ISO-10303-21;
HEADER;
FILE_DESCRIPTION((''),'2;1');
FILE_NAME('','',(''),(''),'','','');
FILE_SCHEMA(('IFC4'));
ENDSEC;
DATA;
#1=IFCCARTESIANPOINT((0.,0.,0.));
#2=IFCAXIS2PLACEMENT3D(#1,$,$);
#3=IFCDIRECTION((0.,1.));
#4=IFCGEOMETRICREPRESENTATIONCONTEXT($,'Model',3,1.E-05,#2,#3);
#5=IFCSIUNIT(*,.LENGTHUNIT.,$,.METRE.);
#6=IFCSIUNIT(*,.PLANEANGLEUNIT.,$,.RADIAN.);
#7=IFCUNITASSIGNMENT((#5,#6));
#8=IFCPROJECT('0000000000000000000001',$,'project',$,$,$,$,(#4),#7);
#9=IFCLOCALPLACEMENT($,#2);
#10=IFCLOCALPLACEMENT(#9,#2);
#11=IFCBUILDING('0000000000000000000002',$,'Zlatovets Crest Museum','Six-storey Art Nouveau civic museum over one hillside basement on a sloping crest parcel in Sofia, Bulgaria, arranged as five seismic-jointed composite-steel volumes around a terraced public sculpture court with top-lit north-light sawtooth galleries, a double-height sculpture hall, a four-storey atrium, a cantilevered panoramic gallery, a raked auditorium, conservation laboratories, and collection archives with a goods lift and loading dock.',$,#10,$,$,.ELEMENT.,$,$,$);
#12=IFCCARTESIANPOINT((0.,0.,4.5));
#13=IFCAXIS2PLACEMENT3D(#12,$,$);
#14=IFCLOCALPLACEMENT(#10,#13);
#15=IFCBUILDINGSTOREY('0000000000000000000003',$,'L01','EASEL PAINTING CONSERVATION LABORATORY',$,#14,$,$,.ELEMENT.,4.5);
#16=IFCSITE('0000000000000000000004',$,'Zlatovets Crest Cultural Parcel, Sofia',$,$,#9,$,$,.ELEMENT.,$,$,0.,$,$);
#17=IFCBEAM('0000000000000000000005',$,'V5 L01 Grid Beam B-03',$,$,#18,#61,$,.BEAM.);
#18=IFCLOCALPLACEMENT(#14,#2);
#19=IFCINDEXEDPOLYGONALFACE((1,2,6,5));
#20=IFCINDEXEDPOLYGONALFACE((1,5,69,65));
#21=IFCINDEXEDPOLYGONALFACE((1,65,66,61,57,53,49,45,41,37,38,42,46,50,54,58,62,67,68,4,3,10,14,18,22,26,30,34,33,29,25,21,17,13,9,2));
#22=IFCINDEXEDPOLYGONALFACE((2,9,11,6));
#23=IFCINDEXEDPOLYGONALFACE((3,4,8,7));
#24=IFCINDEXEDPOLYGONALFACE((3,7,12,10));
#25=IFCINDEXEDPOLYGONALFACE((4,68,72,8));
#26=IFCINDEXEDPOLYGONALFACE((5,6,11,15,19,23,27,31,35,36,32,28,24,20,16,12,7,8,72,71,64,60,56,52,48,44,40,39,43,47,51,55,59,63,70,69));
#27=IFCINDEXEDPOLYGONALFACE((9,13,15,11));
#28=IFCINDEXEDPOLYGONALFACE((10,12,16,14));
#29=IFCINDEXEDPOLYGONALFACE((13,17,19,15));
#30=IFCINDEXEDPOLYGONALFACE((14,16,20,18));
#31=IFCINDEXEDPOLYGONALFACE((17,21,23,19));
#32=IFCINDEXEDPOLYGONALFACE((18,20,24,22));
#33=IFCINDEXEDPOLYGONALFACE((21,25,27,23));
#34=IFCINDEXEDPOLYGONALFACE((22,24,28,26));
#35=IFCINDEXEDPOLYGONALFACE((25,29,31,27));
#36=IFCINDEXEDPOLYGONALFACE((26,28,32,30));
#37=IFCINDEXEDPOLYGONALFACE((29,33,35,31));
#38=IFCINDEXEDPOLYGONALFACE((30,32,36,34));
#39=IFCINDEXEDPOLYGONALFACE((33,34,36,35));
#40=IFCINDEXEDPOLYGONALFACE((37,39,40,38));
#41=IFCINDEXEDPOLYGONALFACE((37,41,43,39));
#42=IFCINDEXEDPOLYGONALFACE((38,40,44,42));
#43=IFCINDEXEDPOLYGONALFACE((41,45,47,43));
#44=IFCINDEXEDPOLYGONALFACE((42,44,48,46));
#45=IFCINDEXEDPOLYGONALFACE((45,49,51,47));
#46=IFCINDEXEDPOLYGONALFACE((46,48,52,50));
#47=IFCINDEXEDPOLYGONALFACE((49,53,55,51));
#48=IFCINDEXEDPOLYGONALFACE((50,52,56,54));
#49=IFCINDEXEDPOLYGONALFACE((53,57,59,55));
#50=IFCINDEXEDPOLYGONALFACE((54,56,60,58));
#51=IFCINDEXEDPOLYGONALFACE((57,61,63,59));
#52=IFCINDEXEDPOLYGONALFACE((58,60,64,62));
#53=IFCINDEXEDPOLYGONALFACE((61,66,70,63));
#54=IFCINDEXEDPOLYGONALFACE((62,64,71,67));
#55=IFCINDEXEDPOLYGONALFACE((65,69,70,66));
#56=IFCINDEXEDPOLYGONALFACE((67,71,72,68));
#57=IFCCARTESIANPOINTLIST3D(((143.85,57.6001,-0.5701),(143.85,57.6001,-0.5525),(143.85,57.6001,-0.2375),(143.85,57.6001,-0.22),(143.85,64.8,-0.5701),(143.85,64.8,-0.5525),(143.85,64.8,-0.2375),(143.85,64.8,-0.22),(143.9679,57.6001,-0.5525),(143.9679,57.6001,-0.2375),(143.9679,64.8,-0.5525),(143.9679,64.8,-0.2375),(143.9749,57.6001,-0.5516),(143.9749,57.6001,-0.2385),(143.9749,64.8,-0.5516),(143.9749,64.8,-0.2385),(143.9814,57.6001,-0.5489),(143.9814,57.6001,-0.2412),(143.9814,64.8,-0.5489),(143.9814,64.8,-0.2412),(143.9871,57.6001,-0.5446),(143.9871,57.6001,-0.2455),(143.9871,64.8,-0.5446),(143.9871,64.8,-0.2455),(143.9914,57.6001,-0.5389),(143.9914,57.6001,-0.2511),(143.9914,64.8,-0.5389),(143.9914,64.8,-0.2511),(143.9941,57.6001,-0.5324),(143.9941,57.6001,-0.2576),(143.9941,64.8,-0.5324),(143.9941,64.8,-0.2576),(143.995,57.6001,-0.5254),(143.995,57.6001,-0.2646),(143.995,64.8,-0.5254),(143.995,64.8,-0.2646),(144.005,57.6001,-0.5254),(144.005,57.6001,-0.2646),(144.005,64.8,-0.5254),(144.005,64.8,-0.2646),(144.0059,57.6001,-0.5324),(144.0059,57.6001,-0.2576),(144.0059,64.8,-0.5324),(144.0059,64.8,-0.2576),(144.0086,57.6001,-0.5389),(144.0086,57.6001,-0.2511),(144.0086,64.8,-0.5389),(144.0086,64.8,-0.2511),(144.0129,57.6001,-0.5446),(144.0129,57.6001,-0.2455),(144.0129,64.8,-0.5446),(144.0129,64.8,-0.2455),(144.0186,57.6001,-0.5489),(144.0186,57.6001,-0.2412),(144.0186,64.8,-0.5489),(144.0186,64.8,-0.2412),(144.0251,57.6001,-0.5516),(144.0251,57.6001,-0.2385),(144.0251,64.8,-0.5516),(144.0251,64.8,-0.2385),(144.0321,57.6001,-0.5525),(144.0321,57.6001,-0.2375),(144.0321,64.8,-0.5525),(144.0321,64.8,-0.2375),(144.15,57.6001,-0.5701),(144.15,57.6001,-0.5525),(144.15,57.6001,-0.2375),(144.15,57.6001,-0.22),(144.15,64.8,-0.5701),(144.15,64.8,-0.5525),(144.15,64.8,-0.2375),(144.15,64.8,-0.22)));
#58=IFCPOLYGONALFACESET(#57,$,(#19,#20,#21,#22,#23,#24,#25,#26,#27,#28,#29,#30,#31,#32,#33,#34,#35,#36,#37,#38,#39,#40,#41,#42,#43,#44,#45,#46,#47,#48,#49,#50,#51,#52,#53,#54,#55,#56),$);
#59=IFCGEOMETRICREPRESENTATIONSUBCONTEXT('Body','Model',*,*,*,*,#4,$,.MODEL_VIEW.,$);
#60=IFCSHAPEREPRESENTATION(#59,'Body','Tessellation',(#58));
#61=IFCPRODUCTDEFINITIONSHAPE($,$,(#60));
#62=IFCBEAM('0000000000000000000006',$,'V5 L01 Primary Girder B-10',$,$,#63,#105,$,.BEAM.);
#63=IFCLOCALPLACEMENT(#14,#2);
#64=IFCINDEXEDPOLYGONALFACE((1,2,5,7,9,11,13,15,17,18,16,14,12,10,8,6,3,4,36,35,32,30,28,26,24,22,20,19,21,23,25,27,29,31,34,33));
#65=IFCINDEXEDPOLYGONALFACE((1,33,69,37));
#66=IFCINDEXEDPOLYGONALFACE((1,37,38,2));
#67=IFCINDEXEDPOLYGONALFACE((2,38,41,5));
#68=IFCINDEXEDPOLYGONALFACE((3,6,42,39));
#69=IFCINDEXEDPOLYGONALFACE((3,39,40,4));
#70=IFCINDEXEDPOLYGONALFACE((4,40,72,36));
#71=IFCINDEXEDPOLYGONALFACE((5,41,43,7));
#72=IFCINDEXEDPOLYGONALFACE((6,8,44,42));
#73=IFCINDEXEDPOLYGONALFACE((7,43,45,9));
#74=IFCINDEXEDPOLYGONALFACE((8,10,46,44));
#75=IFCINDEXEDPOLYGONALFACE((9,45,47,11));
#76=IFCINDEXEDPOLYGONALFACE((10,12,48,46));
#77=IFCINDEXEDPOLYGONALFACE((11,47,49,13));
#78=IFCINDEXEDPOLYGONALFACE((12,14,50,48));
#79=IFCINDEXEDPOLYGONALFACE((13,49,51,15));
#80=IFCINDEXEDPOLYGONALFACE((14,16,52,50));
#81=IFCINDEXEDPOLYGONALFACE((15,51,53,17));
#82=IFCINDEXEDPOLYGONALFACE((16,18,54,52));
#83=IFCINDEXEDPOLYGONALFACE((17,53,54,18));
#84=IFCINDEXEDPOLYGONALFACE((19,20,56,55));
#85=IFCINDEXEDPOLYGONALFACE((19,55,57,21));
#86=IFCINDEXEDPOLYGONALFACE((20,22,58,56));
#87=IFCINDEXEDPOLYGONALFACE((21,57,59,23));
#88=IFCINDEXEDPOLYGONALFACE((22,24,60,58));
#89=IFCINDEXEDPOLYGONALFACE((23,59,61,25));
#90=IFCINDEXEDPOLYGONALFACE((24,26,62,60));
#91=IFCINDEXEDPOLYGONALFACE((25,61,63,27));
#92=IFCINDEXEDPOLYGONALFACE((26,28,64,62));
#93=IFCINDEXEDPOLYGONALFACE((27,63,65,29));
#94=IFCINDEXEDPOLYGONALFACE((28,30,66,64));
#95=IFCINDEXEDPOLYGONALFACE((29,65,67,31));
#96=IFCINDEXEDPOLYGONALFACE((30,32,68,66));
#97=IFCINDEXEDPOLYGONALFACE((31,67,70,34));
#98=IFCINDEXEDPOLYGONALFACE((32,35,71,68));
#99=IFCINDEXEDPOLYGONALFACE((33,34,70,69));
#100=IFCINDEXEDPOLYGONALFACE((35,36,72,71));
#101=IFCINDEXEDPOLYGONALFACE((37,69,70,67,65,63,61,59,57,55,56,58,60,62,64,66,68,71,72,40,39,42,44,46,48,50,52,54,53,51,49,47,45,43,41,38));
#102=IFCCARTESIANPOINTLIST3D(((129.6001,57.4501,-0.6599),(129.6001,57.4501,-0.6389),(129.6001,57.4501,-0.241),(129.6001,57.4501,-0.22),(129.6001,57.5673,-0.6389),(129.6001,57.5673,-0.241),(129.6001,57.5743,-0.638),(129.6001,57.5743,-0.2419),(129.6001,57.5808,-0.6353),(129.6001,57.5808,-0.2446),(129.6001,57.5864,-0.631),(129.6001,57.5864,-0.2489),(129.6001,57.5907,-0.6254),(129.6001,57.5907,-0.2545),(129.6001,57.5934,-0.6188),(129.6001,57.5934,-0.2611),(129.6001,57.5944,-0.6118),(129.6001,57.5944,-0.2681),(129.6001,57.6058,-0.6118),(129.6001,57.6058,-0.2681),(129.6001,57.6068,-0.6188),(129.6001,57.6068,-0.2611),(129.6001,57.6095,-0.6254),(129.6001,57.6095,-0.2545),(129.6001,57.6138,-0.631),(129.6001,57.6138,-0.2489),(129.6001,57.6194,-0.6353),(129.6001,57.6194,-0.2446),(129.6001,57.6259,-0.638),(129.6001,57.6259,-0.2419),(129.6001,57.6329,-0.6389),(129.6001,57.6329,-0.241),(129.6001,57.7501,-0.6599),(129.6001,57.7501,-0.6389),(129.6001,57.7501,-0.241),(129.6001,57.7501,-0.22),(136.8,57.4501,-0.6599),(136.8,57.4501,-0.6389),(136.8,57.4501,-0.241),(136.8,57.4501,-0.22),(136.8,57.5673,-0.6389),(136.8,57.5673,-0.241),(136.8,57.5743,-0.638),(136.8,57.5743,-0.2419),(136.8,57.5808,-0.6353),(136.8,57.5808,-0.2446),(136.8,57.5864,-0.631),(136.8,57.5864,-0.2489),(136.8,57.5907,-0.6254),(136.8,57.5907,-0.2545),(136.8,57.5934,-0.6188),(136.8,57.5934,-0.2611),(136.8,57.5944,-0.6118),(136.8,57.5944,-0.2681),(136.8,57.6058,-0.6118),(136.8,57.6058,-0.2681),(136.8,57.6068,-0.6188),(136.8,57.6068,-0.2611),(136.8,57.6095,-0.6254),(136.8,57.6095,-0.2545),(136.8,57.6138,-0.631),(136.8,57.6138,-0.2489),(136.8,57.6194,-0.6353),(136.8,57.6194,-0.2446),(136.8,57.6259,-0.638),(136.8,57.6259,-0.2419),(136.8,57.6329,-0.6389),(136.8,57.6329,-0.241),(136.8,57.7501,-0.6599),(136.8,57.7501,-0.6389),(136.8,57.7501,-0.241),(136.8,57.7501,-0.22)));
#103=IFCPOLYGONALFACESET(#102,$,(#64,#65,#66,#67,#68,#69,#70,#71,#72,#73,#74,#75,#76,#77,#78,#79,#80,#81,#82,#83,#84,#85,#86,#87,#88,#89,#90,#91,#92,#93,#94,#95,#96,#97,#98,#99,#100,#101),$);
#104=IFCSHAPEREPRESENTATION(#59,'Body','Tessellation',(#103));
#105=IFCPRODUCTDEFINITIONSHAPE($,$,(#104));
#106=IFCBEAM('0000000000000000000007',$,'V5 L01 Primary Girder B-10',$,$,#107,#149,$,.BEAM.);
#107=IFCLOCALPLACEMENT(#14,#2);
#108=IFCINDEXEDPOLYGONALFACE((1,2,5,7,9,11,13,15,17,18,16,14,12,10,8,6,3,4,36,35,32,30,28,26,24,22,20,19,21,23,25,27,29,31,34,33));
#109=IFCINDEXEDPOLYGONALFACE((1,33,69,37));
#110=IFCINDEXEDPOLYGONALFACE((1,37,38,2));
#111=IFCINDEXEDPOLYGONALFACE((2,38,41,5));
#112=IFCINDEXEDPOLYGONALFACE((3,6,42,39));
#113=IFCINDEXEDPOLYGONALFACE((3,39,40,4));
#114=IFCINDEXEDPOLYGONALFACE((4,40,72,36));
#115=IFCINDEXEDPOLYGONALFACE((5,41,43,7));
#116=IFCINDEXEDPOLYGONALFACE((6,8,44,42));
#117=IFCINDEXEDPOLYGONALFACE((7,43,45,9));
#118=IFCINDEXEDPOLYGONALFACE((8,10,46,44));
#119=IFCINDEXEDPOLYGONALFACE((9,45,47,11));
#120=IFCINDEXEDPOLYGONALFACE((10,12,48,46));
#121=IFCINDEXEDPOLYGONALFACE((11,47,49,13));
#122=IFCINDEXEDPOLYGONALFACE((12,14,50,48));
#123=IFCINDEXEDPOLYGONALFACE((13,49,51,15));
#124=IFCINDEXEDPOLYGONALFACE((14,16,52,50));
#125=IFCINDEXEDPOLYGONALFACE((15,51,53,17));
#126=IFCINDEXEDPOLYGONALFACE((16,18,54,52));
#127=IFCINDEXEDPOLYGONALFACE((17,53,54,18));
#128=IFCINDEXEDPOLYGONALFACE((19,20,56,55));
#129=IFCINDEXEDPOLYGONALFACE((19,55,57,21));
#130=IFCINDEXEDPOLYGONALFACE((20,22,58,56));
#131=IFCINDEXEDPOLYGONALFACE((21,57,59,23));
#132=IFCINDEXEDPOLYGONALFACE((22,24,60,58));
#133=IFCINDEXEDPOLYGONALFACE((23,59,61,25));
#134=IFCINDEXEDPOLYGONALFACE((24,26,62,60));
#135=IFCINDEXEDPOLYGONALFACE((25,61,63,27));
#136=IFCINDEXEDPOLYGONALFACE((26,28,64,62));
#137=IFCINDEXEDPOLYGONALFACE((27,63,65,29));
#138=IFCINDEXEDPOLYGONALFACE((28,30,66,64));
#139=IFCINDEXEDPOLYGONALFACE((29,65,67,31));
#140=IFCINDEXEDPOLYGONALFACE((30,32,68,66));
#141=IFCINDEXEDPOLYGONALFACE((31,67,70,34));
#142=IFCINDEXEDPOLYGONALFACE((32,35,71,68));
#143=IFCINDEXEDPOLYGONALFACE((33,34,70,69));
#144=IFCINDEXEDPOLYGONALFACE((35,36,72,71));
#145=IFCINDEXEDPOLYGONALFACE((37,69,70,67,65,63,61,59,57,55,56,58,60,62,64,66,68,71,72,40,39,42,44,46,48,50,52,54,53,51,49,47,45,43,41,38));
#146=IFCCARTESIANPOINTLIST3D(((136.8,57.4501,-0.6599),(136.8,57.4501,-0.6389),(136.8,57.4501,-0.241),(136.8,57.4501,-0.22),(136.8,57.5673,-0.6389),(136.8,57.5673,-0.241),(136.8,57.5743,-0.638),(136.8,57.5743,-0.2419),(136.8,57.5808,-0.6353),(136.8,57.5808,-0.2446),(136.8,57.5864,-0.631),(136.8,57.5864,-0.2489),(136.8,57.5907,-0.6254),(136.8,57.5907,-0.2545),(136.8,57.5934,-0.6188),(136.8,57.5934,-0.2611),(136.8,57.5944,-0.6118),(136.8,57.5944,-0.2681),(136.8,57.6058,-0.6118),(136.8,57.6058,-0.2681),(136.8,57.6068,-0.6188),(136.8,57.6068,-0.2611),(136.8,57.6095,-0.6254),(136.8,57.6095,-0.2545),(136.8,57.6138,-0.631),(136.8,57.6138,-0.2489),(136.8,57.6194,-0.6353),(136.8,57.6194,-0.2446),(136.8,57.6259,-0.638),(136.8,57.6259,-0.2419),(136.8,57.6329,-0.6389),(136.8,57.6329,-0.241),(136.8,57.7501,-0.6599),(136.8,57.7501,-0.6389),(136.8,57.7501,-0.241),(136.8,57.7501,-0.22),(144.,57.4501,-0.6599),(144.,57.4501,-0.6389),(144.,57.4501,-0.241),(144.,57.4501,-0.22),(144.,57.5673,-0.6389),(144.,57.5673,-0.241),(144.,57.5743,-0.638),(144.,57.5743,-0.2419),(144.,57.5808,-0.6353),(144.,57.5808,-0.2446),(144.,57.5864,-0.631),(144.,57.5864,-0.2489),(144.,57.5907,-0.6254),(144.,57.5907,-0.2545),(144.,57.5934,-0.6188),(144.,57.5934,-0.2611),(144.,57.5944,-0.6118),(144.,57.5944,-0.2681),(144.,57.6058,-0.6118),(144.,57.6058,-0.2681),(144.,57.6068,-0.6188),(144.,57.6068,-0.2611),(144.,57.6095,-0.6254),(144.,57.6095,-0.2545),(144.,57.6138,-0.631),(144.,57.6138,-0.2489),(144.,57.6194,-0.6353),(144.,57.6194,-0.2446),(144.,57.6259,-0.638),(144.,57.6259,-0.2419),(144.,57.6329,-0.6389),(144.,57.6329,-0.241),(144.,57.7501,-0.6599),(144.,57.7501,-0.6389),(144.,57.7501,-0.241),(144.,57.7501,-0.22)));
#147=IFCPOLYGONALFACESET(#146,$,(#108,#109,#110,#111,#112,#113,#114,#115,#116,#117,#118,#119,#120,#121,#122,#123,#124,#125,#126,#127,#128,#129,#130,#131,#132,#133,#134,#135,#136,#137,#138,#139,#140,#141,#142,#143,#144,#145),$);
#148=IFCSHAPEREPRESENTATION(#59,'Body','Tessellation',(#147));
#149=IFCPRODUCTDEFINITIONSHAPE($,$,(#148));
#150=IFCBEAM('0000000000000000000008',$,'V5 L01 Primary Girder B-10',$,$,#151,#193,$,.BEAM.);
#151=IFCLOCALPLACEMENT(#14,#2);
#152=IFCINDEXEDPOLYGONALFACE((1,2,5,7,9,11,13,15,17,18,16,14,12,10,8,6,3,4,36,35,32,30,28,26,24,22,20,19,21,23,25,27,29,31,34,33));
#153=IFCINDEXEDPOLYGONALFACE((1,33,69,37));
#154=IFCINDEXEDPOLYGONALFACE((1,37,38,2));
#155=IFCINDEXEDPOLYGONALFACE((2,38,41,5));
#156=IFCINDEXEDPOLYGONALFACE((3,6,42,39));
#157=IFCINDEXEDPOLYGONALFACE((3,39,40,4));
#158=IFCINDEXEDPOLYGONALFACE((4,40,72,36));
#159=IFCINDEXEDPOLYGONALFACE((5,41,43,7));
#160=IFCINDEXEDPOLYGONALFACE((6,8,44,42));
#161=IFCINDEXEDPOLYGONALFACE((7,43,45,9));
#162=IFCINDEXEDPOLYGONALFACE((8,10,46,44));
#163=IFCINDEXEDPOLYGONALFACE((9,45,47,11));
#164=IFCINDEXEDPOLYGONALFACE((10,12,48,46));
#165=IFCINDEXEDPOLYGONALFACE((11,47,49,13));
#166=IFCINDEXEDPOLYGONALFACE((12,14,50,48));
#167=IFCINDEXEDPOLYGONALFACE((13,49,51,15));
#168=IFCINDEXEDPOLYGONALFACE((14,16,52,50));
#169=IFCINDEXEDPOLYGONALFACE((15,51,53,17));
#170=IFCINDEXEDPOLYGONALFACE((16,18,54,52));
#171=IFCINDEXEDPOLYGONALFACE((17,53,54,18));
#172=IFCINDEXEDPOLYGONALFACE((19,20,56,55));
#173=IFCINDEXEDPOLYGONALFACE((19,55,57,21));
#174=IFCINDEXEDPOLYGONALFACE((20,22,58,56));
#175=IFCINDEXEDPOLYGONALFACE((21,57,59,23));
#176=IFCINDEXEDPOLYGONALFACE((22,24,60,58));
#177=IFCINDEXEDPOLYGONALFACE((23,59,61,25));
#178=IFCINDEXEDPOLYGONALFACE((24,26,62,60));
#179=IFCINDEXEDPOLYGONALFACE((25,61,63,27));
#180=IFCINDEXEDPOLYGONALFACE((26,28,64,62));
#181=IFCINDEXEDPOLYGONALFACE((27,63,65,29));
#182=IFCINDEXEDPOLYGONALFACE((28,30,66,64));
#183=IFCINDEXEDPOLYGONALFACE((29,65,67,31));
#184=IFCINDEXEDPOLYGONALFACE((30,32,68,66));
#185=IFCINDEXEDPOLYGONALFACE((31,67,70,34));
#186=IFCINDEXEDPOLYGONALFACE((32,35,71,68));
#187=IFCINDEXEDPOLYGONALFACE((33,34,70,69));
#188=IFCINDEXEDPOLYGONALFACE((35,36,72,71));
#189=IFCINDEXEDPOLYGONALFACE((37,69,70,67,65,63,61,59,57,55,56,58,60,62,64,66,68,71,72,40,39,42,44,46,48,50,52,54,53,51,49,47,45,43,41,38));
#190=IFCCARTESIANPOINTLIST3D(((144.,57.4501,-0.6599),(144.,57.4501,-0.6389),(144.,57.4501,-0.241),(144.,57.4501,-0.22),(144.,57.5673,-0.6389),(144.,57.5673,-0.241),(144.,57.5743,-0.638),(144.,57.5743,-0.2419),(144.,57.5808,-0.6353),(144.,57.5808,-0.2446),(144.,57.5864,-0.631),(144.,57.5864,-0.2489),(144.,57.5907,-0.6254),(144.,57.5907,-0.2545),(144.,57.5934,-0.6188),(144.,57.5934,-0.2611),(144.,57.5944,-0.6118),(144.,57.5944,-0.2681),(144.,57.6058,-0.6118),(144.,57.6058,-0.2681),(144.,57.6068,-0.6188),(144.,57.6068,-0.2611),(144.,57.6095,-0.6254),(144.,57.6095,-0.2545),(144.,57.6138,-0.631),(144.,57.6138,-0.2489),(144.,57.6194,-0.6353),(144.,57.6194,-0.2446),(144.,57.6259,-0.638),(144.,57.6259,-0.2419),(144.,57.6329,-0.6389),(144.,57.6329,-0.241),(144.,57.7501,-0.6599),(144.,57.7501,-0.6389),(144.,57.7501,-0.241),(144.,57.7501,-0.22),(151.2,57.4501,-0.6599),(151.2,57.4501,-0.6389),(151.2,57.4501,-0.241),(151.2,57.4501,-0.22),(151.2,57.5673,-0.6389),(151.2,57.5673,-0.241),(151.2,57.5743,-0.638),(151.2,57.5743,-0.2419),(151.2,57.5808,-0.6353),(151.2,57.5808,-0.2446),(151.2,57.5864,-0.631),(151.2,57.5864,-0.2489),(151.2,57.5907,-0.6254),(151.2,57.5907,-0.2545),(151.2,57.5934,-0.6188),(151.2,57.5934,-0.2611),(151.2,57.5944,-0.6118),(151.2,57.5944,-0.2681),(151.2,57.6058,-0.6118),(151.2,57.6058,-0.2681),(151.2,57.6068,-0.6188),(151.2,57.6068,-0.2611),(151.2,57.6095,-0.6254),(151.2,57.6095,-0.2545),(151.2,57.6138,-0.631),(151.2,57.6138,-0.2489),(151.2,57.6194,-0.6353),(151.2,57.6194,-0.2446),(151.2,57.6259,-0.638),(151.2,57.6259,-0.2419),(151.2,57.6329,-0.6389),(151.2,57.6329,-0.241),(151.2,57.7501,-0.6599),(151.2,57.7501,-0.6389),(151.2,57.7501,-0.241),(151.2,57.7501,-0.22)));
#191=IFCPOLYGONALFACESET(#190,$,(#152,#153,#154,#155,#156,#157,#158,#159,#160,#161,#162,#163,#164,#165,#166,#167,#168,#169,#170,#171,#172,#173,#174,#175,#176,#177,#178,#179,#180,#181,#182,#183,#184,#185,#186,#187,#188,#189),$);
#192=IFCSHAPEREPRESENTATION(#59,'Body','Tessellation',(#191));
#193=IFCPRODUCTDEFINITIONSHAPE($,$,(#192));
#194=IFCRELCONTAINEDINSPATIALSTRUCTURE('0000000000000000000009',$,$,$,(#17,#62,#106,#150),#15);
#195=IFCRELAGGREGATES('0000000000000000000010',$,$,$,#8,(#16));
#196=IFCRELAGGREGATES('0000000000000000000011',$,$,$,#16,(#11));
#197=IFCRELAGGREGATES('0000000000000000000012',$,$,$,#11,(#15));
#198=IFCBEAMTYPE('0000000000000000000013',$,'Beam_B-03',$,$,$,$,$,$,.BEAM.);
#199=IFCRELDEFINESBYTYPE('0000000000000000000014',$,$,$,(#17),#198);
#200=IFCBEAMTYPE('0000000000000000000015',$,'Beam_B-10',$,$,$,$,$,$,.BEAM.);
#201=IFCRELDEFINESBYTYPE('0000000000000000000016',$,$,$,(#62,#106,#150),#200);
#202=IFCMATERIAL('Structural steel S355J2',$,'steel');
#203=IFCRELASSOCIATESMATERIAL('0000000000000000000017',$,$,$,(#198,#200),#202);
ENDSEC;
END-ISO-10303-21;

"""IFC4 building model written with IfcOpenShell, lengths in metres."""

from ifc_helpers import new_model, si_unit, direction, frame, origin, origin_2d, place, context, subcontext, project, spatial, i_section, extrude, material, material_profile, profile_set, type_object, element, save


model = new_model("IFC4")

# Units and contexts
model_context = context("Model", 3, precision=1e-05, world=origin(), true_north=direction((0.0, 1.0)))
body_context = subcontext(model_context, "Body", "Model", "MODEL_VIEW")
ifc_project = project(units=[si_unit("LENGTHUNIT", "METRE"), si_unit("PLANEANGLEUNIT", "RADIAN")], contexts=[model_context])

# Site, building, storey
site_placement = place(None, origin())
site = spatial("IfcSite", under=ifc_project, at=site_placement, Name="Zlatovets Crest Cultural Parcel, Sofia", CompositionType="ELEMENT", RefElevation=0.0)
building_placement = place(site_placement, origin())
building = spatial("IfcBuilding", under=site, at=building_placement, Name="Zlatovets Crest Museum", Description="Six-storey Art Nouveau civic museum over one hillside basement on a sloping crest parcel in Sofia, Bulgaria, arranged as five seismic-jointed composite-steel volumes around a terraced public sculpture court with top-lit north-light sawtooth galleries, a double-height sculpture hall, a four-storey atrium, a cantilevered panoramic gallery, a raked auditorium, conservation laboratories, and collection archives with a goods lift and loading dock.", CompositionType="ELEMENT")
storey_placement = place(building_placement, frame((0.0, 0.0, 4.5)))
storey = spatial("IfcBuildingStorey", under=building, at=storey_placement, Name="L01", Description="EASEL PAINTING CONSERVATION LABORATORY", CompositionType="ELEMENT", Elevation=4.5)

# Shared definitions
ifc_material_1 = material(Name="Structural steel S355J2", Category="steel")

# Beams
ifc_material_profile_1 = material_profile(ifc_material_1, i_section(OverallWidth=0.3, OverallDepth=0.3501, WebThickness=0.01, FlangeThickness=0.0176, FilletRadius=0.0271, at=origin_2d()), Name="HEA 360")
ifc_profile_set_1 = profile_set([ifc_material_profile_1], Name="Structural steel S355J2")
beam_type_1 = type_object("IfcBeamType", Name="Beam_B-03", PredefinedType="BEAM", material=ifc_profile_set_1)
for number, where, z_axis, x_axis, name in (
    (1, (144.0, 57.6001, -0.395), (0.0, 1.0, 0.0), (-1.0, 0.0, 0.0), "V5 L01 Grid Beam B-03"),
):
    element("IfcBeam", number, at=place(storey_placement, frame(where, z_axis=z_axis, x_axis=x_axis)), inside=storey, type_object=beam_type_1, Name=name, PredefinedType="BEAM", context=body_context, shape_type="SweptSolid", body=[
        extrude(i_section(OverallWidth=0.3, OverallDepth=0.3501, WebThickness=0.01, FlangeThickness=0.0176, FilletRadius=0.0271, at=origin_2d()), origin(), (0.0, 0.0, 1.0), 7.2),
    ])
ifc_material_profile_2 = material_profile(ifc_material_1, i_section(OverallWidth=0.3, OverallDepth=0.4399, WebThickness=0.0115, FlangeThickness=0.021, FilletRadius=0.0271, at=origin_2d()), Name="HEA 450")
ifc_profile_set_2 = profile_set([ifc_material_profile_2], Name="Structural steel S355J2")
beam_type_2 = type_object("IfcBeamType", Name="Beam_B-10", PredefinedType="BEAM", material=ifc_profile_set_2)
for number, where, z_axis, x_axis, name in (
    (2, (129.6001, 57.6001, -0.4399), (1.0, 0.0, 0.0), (0.0, 1.0, 0.0), "V5 L01 Primary Girder B-10"),
    (3, (136.8, 57.6001, -0.4399), (1.0, 0.0, 0.0), (0.0, 1.0, 0.0), "V5 L01 Primary Girder B-10"),
    (4, (144.0, 57.6001, -0.4399), (1.0, 0.0, 0.0), (0.0, 1.0, 0.0), "V5 L01 Primary Girder B-10"),
):
    element("IfcBeam", number, at=place(storey_placement, frame(where, z_axis=z_axis, x_axis=x_axis)), inside=storey, type_object=beam_type_2, Name=name, PredefinedType="BEAM", context=body_context, shape_type="SweptSolid", body=[
        extrude(i_section(OverallWidth=0.3, OverallDepth=0.4399, WebThickness=0.0115, FlangeThickness=0.021, FilletRadius=0.0271, at=origin_2d()), origin(), (0.0, 0.0, 1.0), 7.2),
    ])

save(model, "model.ifc")
